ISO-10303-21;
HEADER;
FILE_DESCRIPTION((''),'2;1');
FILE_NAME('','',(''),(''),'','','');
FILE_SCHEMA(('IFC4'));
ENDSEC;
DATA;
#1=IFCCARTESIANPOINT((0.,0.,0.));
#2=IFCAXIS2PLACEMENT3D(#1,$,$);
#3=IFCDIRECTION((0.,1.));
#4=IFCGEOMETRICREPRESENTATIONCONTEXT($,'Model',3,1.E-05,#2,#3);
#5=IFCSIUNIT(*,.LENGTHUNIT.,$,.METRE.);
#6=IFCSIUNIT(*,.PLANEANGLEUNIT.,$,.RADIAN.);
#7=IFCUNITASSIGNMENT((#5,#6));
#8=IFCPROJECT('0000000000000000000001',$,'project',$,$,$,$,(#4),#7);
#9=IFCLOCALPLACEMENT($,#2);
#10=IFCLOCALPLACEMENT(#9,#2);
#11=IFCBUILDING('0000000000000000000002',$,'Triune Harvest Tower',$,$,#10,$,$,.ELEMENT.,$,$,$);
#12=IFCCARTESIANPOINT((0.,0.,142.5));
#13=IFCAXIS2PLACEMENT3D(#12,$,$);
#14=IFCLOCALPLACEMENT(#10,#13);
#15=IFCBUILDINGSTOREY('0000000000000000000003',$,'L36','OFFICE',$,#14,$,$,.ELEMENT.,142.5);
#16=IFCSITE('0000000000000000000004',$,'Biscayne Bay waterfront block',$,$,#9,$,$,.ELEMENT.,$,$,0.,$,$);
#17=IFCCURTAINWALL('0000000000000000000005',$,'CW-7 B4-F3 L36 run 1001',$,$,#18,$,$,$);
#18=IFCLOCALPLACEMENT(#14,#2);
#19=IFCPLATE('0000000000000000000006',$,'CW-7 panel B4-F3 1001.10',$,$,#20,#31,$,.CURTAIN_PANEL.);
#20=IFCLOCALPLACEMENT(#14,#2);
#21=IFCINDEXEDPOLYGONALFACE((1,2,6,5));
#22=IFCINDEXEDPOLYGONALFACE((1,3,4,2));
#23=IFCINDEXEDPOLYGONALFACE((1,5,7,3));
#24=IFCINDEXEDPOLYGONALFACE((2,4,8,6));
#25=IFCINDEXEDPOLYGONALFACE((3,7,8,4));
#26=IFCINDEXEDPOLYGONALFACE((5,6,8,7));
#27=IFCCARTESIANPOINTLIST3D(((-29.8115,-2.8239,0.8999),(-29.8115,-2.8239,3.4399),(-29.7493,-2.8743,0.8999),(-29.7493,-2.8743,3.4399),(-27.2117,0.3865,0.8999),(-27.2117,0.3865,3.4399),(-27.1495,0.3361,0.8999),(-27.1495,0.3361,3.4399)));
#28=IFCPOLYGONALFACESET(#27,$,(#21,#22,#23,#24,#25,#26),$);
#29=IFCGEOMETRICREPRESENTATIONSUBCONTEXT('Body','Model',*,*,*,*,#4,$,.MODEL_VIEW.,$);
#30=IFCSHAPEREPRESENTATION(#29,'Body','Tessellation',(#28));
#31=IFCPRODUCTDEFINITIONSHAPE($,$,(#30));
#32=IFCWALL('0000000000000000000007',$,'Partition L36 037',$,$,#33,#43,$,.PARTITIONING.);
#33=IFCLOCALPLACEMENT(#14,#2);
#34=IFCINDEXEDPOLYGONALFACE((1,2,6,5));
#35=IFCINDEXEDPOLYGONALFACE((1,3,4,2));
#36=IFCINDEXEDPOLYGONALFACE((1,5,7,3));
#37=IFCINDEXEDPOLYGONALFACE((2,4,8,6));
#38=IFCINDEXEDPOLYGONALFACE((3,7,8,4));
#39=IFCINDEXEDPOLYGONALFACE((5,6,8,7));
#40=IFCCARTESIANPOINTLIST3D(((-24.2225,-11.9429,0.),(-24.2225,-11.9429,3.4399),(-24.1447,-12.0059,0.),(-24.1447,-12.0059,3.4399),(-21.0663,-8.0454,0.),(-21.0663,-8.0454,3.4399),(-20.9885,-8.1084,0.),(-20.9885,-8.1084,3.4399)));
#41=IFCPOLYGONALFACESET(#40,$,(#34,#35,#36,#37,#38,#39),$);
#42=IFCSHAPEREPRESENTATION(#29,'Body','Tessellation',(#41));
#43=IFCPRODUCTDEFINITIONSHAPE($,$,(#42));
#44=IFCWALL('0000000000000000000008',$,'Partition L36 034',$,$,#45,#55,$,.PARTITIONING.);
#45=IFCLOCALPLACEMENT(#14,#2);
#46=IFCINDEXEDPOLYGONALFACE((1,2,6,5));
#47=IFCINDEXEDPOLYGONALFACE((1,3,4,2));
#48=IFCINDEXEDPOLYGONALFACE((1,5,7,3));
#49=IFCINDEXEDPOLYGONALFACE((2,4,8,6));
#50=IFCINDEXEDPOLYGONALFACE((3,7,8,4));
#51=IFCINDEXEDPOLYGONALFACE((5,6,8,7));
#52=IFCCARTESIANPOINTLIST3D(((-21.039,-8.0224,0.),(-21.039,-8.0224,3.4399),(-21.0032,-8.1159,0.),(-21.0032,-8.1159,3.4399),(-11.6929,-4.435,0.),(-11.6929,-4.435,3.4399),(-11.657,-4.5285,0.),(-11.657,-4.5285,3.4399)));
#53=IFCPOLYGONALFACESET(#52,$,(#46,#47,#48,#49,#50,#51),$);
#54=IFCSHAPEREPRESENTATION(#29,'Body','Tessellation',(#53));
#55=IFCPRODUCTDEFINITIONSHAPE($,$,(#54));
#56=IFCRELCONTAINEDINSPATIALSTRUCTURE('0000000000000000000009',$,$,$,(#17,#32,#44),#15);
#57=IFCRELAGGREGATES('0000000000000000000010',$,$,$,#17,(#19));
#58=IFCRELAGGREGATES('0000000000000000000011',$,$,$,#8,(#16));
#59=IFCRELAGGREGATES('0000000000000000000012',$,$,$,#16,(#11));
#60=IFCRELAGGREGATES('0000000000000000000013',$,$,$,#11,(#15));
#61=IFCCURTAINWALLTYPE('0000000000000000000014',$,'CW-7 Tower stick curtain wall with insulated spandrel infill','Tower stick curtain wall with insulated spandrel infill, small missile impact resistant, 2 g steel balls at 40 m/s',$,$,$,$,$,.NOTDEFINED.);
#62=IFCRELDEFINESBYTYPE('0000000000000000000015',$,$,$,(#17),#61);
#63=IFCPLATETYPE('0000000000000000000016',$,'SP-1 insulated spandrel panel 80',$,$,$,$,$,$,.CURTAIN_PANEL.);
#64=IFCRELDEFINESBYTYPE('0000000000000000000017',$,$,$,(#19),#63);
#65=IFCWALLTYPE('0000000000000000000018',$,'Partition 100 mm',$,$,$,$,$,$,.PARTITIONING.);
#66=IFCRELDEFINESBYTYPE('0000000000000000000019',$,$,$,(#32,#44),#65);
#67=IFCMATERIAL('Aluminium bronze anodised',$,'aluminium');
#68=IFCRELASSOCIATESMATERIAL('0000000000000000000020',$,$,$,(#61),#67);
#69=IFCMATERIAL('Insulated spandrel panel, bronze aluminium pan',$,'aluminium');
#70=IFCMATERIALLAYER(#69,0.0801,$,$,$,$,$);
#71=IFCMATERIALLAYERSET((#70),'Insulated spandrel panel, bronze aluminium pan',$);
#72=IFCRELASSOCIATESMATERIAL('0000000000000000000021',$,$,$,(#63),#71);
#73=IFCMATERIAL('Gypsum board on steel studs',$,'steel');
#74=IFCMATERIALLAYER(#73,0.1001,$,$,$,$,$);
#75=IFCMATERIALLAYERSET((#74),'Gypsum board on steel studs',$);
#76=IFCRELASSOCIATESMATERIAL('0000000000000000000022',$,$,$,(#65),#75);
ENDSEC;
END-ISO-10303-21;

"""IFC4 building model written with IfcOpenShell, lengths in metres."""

from ifc_helpers import new_model, si_unit, direction, frame, frame_2d, origin, origin_2d, place, context, subcontext, project, spatial, rectangle, extrude, source, transform, mapped, material, layer, layer_set, type_object, element, aggregate, save


model = new_model("IFC4")

# Units and contexts
model_context = context("Model", 3, precision=1e-05, world=origin(), true_north=direction((0.0, 1.0)))
body_context = subcontext(model_context, "Body", "Model", "MODEL_VIEW")
ifc_project = project(units=[si_unit("LENGTHUNIT", "METRE"), si_unit("PLANEANGLEUNIT", "RADIAN")], contexts=[model_context])

# Site, building, storey
site_placement = place(None, origin())
site = spatial("IfcSite", under=ifc_project, at=site_placement, Name="Biscayne Bay waterfront block", CompositionType="ELEMENT", RefElevation=0.0)
building_placement = place(site_placement, origin())
building = spatial("IfcBuilding", under=site, at=building_placement, Name="Triune Harvest Tower", CompositionType="ELEMENT")
storey_placement = place(building_placement, frame((0.0, 0.0, 142.5)))
storey = spatial("IfcBuildingStorey", under=building, at=storey_placement, Name="L36", Description="OFFICE", CompositionType="ELEMENT", Elevation=142.5)

# Curtain wall
ifc_material_1 = material(Name="Aluminium bronze anodised", Category="aluminium")
curtain_wall_type_1 = type_object("IfcCurtainWallType", Name="CW-7 Tower stick curtain wall with insulated spandrel infill", Description="Tower stick curtain wall with insulated spandrel infill, small missile impact resistant, 2 g steel balls at 40 m/s", PredefinedType="NOTDEFINED", material=ifc_material_1)
curtain_wall_1_placement = place(storey_placement, origin())
curtain_wall_1 = element("IfcCurtainWall", 1, at=curtain_wall_1_placement, inside=storey, type_object=curtain_wall_type_1, Name="CW-7 B4-F3 L36 run 1001")

# Plate
ifc_material_2 = material(Name="Insulated spandrel panel, bronze aluminium pan", Category="aluminium")
ifc_layer_1 = layer(ifc_material_2, 0.0801)
ifc_layer_set_1 = layer_set([ifc_layer_1], Name="Insulated spandrel panel, bronze aluminium pan")
plate_type_1 = type_object("IfcPlateType", Name="SP-1 insulated spandrel panel 80", PredefinedType="CURTAIN_PANEL", material=ifc_layer_set_1)
shared_shape_1 = source(origin(), body_context, "Body", "SweptSolid", [
    extrude(rectangle(XDim=4.1311, YDim=0.0801, at=origin_2d()), origin(), (0.0, 0.0, 1.0), 2.54),
])
plate_1_placement = place(storey_placement, frame((-28.4805, -1.2439, 0.8999), z_axis=(0.0, 0.0, 1.0), x_axis=(-0.629322, -0.777144, 0.0)))
plate_1 = element("IfcPlate", 2, at=plate_1_placement, type_object=plate_type_1, Name="CW-7 panel B4-F3 1001.10", PredefinedType="CURTAIN_PANEL", context=body_context, shape_type="MappedRepresentation", body=[
    mapped(shared_shape_1, transform((0.0, 0.0, 0.0), scale=1.0)),
])
aggregate(curtain_wall_1, [plate_1])

# Walls
ifc_material_3 = material(Name="Gypsum board on steel studs", Category="steel")
ifc_layer_2 = layer(ifc_material_3, 0.1001)
ifc_layer_set_2 = layer_set([ifc_layer_2], Name="Gypsum board on steel studs")
wall_type = type_object("IfcWallType", Name="Partition 100 mm", PredefinedType="PARTITIONING", material=ifc_layer_set_2)
wall_1_placement = place(storey_placement, frame((-24.1836, -11.9744, 0.0), z_axis=(0.0, 0.0, 1.0), x_axis=(0.629338, 0.777131, 0.0)))
element("IfcWall", 3, at=wall_1_placement, inside=storey, type_object=wall_type, Name="Partition L36 037", PredefinedType="PARTITIONING", context=body_context, shape_type="SweptSolid", body=[
    extrude(rectangle(XDim=5.0151, YDim=0.1001, at=frame_2d((2.5076, 0.0))), origin(), (0.0, 0.0, 1.0), 3.4399),
])
shared_shape_2 = source(origin(), body_context, "Body", "SweptSolid", [
    extrude(rectangle(XDim=10.011, YDim=0.1001, at=frame_2d((5.0054, 0.0))), origin(), (0.0, 0.0, 1.0), 3.4399),
])
wall_2_placement = place(storey_placement, frame((-21.021, -8.0691, 0.0), z_axis=(0.0, 0.0, 1.0), x_axis=(0.933589, 0.358345, 0.0)))
element("IfcWall", 4, at=wall_2_placement, inside=storey, type_object=wall_type, Name="Partition L36 034", PredefinedType="PARTITIONING", context=body_context, shape_type="MappedRepresentation", body=[
    mapped(shared_shape_2, transform((0.0, 0.0, 0.0), scale=1.0)),
])

save(model, "model.ifc")
